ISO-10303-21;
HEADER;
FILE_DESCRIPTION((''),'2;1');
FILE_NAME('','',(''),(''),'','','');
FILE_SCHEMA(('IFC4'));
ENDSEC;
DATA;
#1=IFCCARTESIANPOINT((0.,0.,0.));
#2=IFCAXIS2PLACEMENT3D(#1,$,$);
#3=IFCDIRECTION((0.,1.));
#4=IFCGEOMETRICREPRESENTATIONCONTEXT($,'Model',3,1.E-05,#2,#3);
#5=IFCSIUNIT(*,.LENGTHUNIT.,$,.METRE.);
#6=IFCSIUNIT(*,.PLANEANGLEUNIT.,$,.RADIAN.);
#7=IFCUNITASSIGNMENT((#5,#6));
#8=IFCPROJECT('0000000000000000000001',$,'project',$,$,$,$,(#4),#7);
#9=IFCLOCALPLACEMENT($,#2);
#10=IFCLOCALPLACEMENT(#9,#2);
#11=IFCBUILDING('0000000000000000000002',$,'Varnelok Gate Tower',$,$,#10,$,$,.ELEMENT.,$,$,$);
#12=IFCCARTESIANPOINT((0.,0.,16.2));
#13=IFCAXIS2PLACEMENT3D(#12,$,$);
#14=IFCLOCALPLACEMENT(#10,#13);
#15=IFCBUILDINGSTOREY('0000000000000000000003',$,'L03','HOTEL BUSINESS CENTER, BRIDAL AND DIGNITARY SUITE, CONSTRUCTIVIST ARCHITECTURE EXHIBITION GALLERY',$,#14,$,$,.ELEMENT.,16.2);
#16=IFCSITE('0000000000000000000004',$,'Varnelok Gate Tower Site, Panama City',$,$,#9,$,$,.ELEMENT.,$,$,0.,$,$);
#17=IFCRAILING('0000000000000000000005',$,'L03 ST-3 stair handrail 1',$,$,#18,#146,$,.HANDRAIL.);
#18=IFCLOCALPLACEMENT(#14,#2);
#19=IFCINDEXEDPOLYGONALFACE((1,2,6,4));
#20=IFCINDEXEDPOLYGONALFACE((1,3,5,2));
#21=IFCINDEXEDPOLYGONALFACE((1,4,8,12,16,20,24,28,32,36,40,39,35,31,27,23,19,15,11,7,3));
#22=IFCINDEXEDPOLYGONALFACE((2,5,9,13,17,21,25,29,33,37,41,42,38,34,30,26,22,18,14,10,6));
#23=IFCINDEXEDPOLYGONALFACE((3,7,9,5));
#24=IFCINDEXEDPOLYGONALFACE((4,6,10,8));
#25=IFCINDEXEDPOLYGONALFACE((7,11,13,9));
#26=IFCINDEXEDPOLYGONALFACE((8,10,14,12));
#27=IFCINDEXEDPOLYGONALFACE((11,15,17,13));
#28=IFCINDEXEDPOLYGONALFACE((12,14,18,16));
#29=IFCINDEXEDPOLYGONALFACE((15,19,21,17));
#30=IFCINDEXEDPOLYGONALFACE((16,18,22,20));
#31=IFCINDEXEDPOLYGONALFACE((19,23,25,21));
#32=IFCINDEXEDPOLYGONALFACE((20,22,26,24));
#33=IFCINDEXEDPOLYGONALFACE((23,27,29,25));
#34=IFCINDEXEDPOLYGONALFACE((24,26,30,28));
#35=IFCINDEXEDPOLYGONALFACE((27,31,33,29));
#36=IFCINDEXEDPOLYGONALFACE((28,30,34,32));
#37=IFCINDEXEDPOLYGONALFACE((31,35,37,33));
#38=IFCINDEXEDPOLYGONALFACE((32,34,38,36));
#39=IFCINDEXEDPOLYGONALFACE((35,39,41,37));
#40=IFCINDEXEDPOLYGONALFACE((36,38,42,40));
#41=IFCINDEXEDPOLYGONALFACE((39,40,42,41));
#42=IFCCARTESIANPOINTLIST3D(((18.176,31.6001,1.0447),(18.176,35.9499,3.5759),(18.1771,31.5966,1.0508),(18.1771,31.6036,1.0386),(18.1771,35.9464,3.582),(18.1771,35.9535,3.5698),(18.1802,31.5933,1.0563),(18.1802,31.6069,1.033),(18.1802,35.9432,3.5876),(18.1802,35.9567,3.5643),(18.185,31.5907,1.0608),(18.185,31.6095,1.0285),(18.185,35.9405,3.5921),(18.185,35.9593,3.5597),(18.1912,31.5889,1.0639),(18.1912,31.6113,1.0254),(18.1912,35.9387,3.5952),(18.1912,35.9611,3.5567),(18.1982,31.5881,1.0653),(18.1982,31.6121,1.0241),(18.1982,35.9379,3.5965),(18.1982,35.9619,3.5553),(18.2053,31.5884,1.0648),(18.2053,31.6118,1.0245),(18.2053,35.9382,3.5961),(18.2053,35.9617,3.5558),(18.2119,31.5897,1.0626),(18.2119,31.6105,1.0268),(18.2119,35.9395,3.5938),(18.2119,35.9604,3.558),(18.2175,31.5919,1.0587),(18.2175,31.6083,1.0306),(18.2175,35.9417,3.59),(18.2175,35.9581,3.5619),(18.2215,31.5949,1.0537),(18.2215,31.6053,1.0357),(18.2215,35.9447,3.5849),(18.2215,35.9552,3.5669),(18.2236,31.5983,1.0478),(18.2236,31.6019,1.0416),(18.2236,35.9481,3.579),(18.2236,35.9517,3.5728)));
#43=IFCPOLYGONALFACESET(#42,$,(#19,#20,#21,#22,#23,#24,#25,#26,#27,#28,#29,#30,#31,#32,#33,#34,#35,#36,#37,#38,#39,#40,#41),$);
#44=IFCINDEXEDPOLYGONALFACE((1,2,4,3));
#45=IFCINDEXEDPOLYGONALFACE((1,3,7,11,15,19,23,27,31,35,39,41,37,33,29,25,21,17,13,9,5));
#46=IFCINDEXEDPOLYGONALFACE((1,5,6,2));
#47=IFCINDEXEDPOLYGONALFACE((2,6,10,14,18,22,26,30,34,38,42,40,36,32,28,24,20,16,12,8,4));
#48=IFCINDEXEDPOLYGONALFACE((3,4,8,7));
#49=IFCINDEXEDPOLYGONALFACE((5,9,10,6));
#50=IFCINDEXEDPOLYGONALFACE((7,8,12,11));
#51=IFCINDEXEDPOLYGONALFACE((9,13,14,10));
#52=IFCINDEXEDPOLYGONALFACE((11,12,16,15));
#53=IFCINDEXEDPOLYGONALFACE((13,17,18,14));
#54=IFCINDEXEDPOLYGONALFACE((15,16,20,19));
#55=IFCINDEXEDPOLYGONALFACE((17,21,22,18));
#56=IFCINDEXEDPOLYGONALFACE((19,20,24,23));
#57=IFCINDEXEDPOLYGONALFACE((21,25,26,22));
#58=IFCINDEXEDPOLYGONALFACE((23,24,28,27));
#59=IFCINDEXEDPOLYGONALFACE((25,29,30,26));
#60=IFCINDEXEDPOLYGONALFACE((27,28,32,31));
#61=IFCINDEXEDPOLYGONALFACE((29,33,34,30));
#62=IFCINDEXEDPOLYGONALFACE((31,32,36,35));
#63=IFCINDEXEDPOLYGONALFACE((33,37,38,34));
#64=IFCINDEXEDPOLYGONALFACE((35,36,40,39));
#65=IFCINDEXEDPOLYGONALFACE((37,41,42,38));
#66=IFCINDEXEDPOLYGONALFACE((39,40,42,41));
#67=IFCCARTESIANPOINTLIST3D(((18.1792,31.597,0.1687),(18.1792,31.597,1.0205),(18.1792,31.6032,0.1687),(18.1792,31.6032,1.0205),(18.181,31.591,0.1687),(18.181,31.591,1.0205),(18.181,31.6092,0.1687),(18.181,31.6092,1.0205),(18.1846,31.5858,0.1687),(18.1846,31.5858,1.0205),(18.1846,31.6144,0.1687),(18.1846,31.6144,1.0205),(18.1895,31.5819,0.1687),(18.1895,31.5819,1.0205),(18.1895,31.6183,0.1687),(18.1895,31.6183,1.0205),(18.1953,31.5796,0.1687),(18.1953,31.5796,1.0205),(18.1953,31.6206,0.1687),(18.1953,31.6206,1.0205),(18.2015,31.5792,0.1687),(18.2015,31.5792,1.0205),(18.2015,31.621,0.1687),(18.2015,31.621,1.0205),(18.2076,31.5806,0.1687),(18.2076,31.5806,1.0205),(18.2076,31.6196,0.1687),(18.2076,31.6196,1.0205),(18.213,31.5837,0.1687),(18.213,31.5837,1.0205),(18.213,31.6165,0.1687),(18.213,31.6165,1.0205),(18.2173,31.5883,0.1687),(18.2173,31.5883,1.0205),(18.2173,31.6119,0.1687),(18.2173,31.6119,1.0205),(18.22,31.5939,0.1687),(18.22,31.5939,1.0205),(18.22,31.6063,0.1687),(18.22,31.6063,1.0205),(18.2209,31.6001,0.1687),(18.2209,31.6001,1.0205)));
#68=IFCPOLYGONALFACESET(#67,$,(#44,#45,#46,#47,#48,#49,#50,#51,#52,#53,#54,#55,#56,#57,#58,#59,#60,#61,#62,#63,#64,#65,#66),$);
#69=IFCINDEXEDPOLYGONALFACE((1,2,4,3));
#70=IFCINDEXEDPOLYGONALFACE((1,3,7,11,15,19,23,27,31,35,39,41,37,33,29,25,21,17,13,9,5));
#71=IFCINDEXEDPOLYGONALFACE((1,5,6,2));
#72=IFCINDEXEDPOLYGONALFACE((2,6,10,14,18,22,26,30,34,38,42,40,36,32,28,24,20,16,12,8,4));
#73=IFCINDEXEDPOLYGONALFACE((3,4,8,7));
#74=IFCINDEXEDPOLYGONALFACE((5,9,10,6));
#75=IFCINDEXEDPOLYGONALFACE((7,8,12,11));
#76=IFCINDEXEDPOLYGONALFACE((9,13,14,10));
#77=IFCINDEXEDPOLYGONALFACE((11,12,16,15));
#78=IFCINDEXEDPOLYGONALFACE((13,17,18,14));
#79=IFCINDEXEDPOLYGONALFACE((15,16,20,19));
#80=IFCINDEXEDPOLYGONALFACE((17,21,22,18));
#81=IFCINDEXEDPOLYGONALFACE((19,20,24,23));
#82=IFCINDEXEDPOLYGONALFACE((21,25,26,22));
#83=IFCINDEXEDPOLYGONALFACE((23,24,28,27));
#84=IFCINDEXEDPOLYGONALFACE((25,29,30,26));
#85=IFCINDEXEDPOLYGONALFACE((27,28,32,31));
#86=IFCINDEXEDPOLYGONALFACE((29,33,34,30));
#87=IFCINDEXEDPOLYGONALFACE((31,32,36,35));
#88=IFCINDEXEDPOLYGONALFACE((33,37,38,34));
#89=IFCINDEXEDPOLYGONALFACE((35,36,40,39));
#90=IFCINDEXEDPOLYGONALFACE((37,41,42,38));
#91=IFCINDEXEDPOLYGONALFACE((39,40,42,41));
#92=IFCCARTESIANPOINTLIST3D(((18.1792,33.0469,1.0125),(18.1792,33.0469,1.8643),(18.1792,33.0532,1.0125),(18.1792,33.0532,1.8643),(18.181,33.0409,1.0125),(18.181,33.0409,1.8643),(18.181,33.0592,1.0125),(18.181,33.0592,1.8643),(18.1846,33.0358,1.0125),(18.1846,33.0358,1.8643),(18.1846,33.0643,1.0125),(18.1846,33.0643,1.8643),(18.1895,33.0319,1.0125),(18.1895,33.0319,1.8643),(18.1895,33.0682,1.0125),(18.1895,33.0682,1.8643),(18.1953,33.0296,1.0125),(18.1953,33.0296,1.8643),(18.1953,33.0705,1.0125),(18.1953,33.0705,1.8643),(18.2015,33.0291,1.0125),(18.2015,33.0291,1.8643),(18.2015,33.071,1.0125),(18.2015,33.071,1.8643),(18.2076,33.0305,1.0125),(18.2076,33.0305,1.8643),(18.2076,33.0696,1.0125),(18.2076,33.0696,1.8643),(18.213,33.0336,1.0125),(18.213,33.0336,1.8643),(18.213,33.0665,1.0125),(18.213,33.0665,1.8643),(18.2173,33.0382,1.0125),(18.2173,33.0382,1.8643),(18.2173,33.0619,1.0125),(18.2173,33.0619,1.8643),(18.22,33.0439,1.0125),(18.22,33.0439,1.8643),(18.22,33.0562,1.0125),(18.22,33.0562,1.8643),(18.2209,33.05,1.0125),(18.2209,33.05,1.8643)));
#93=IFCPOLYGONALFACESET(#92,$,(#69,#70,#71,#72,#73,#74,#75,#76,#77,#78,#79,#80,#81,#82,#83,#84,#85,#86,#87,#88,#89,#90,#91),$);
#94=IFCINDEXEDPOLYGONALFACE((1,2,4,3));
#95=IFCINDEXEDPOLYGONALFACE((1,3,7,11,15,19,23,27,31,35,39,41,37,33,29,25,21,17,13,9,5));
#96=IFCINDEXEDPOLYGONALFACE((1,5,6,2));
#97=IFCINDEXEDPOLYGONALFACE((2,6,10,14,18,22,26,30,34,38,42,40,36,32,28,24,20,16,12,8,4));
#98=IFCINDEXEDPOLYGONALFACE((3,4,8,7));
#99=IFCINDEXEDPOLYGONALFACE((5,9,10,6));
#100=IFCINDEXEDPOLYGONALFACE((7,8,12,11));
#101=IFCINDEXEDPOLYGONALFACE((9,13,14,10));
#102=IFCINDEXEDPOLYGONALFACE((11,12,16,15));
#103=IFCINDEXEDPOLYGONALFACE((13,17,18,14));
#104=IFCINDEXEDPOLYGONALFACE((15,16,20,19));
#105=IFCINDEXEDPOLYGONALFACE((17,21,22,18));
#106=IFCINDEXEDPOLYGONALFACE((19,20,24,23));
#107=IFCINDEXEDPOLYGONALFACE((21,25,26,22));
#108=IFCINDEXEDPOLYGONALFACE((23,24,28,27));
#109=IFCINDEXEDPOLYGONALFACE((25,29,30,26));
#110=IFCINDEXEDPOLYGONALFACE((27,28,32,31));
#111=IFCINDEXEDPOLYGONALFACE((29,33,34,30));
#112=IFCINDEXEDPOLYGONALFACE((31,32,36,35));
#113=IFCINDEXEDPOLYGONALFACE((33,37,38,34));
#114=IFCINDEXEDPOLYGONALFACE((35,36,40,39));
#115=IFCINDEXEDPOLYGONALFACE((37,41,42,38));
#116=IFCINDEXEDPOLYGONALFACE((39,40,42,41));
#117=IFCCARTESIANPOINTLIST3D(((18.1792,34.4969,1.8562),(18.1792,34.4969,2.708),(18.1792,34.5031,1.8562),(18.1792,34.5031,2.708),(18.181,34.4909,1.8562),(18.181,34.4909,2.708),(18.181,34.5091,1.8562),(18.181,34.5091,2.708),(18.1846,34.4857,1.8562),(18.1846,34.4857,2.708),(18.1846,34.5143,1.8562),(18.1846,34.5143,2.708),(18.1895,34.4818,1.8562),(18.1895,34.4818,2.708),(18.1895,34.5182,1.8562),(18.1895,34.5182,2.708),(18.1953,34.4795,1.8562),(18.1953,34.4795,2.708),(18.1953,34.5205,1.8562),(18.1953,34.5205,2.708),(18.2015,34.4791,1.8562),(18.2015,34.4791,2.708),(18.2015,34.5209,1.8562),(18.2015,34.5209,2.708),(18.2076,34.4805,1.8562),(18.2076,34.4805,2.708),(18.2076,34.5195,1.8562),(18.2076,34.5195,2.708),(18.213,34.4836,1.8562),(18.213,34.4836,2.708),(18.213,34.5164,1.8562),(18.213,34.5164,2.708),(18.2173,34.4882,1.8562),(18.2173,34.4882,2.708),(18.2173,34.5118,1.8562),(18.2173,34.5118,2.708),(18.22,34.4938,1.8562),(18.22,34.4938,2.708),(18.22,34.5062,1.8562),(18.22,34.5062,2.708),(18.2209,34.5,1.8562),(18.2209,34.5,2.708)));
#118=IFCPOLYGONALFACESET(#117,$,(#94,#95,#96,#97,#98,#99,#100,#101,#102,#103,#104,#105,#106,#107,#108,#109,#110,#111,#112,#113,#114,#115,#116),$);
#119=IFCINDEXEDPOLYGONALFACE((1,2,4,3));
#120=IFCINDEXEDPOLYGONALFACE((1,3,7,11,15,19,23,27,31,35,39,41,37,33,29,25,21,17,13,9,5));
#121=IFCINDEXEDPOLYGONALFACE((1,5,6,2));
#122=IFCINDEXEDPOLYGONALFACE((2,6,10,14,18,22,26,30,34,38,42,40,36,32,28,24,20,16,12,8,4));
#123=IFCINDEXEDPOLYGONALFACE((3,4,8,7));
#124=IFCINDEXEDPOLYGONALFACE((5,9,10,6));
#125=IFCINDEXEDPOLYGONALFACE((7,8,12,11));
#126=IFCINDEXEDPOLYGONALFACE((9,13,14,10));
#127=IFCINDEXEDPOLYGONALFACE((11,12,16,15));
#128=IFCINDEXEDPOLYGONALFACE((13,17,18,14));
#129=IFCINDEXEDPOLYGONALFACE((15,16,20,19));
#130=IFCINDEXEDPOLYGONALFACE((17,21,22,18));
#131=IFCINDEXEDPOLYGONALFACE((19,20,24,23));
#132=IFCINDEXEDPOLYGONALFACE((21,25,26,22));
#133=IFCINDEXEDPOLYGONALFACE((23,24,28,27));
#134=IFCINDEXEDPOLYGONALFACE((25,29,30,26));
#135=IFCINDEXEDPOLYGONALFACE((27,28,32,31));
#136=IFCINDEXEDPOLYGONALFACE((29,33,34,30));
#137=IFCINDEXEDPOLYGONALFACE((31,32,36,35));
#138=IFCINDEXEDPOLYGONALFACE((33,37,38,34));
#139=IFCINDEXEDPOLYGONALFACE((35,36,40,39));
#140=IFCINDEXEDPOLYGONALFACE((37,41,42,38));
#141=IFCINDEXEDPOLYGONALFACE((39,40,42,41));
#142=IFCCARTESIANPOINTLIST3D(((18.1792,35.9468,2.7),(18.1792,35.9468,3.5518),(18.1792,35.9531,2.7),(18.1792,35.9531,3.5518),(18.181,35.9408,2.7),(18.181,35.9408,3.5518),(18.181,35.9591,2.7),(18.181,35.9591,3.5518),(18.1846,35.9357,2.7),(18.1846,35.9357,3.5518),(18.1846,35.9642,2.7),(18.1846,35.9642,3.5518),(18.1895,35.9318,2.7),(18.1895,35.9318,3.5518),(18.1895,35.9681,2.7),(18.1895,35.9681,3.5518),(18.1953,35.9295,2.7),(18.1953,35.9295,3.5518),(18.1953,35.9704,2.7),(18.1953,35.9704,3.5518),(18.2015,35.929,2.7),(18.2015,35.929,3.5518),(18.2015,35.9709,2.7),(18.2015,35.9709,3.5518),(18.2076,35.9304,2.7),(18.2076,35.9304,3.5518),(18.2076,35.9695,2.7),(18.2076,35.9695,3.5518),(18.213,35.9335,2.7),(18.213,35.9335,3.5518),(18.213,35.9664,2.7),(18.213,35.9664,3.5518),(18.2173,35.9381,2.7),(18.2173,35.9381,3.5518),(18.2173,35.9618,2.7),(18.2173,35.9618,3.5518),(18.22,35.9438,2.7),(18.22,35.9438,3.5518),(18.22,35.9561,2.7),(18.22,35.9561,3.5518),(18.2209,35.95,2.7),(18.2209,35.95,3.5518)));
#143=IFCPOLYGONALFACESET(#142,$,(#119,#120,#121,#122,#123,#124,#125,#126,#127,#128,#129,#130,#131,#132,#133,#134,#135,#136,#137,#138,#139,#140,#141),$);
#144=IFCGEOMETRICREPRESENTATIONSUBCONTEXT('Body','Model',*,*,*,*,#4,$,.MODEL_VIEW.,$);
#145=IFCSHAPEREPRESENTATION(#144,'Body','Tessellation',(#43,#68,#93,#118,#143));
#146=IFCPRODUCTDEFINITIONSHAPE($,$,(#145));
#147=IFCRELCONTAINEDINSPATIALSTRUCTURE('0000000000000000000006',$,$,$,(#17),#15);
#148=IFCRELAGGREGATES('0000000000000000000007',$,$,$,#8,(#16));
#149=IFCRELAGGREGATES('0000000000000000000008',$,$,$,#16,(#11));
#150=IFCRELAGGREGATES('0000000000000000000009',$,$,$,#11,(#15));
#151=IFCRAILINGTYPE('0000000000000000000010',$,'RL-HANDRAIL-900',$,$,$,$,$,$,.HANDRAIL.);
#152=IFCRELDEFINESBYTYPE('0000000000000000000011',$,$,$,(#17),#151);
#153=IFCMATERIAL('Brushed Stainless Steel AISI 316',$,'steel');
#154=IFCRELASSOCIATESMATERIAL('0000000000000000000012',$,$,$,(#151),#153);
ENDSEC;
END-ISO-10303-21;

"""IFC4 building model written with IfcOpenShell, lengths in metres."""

from ifc_helpers import new_model, si_unit, direction, frame, origin, origin_2d, place, context, subcontext, project, spatial, circle, extrude, material, type_object, element, save


model = new_model("IFC4")

# Units and contexts
model_context = context("Model", 3, precision=1e-05, world=origin(), true_north=direction((0.0, 1.0)))
body_context = subcontext(model_context, "Body", "Model", "MODEL_VIEW")
ifc_project = project(units=[si_unit("LENGTHUNIT", "METRE"), si_unit("PLANEANGLEUNIT", "RADIAN")], contexts=[model_context])

# Site, building, storey
site_placement = place(None, origin())
site = spatial("IfcSite", under=ifc_project, at=site_placement, Name="Varnelok Gate Tower Site, Panama City", CompositionType="ELEMENT", RefElevation=0.0)
building_placement = place(site_placement, origin())
building = spatial("IfcBuilding", under=site, at=building_placement, Name="Varnelok Gate Tower", CompositionType="ELEMENT")
storey_placement = place(building_placement, frame((0.0, 0.0, 16.2)))
storey = spatial("IfcBuildingStorey", under=building, at=storey_placement, Name="L03", Description="HOTEL BUSINESS CENTER, BRIDAL AND DIGNITARY SUITE, CONSTRUCTIVIST ARCHITECTURE EXHIBITION GALLERY", CompositionType="ELEMENT", Elevation=16.2)

# Railing
ifc_material_1 = material(Name="Brushed Stainless Steel AISI 316", Category="steel")
railing_type_1 = type_object("IfcRailingType", Name="RL-HANDRAIL-900", PredefinedType="HANDRAIL", material=ifc_material_1)
railing_1_placement = place(storey_placement, frame((18.2, 31.6001, 0.1687)))
element("IfcRailing", 1, at=railing_1_placement, inside=storey, type_object=railing_type_1, Name="L03 ST-3 stair handrail 1", PredefinedType="HANDRAIL", context=body_context, shape_type="SweptSolid", body=[
    extrude(circle(Radius=0.0239, at=origin_2d()), frame((0.0, 0.0, 0.876), z_axis=(0.0, 0.864312, 0.502957), x_axis=(-1.0, 0.0, 0.0)), (0.0, 0.0, 1.0), 5.0327),
    extrude(circle(Radius=0.021, at=origin_2d()), origin(), (0.0, 0.0, 1.0), 0.8518),
    extrude(circle(Radius=0.021, at=origin_2d()), frame((0.0, 1.45, 0.8438)), (0.0, 0.0, 1.0), 0.8518),
    extrude(circle(Radius=0.021, at=origin_2d()), frame((0.0, 2.8999, 1.6875)), (0.0, 0.0, 1.0), 0.8518),
    extrude(circle(Radius=0.021, at=origin_2d()), frame((0.0, 4.3499, 2.5312)), (0.0, 0.0, 1.0), 0.8518),
])

save(model, "model.ifc")
